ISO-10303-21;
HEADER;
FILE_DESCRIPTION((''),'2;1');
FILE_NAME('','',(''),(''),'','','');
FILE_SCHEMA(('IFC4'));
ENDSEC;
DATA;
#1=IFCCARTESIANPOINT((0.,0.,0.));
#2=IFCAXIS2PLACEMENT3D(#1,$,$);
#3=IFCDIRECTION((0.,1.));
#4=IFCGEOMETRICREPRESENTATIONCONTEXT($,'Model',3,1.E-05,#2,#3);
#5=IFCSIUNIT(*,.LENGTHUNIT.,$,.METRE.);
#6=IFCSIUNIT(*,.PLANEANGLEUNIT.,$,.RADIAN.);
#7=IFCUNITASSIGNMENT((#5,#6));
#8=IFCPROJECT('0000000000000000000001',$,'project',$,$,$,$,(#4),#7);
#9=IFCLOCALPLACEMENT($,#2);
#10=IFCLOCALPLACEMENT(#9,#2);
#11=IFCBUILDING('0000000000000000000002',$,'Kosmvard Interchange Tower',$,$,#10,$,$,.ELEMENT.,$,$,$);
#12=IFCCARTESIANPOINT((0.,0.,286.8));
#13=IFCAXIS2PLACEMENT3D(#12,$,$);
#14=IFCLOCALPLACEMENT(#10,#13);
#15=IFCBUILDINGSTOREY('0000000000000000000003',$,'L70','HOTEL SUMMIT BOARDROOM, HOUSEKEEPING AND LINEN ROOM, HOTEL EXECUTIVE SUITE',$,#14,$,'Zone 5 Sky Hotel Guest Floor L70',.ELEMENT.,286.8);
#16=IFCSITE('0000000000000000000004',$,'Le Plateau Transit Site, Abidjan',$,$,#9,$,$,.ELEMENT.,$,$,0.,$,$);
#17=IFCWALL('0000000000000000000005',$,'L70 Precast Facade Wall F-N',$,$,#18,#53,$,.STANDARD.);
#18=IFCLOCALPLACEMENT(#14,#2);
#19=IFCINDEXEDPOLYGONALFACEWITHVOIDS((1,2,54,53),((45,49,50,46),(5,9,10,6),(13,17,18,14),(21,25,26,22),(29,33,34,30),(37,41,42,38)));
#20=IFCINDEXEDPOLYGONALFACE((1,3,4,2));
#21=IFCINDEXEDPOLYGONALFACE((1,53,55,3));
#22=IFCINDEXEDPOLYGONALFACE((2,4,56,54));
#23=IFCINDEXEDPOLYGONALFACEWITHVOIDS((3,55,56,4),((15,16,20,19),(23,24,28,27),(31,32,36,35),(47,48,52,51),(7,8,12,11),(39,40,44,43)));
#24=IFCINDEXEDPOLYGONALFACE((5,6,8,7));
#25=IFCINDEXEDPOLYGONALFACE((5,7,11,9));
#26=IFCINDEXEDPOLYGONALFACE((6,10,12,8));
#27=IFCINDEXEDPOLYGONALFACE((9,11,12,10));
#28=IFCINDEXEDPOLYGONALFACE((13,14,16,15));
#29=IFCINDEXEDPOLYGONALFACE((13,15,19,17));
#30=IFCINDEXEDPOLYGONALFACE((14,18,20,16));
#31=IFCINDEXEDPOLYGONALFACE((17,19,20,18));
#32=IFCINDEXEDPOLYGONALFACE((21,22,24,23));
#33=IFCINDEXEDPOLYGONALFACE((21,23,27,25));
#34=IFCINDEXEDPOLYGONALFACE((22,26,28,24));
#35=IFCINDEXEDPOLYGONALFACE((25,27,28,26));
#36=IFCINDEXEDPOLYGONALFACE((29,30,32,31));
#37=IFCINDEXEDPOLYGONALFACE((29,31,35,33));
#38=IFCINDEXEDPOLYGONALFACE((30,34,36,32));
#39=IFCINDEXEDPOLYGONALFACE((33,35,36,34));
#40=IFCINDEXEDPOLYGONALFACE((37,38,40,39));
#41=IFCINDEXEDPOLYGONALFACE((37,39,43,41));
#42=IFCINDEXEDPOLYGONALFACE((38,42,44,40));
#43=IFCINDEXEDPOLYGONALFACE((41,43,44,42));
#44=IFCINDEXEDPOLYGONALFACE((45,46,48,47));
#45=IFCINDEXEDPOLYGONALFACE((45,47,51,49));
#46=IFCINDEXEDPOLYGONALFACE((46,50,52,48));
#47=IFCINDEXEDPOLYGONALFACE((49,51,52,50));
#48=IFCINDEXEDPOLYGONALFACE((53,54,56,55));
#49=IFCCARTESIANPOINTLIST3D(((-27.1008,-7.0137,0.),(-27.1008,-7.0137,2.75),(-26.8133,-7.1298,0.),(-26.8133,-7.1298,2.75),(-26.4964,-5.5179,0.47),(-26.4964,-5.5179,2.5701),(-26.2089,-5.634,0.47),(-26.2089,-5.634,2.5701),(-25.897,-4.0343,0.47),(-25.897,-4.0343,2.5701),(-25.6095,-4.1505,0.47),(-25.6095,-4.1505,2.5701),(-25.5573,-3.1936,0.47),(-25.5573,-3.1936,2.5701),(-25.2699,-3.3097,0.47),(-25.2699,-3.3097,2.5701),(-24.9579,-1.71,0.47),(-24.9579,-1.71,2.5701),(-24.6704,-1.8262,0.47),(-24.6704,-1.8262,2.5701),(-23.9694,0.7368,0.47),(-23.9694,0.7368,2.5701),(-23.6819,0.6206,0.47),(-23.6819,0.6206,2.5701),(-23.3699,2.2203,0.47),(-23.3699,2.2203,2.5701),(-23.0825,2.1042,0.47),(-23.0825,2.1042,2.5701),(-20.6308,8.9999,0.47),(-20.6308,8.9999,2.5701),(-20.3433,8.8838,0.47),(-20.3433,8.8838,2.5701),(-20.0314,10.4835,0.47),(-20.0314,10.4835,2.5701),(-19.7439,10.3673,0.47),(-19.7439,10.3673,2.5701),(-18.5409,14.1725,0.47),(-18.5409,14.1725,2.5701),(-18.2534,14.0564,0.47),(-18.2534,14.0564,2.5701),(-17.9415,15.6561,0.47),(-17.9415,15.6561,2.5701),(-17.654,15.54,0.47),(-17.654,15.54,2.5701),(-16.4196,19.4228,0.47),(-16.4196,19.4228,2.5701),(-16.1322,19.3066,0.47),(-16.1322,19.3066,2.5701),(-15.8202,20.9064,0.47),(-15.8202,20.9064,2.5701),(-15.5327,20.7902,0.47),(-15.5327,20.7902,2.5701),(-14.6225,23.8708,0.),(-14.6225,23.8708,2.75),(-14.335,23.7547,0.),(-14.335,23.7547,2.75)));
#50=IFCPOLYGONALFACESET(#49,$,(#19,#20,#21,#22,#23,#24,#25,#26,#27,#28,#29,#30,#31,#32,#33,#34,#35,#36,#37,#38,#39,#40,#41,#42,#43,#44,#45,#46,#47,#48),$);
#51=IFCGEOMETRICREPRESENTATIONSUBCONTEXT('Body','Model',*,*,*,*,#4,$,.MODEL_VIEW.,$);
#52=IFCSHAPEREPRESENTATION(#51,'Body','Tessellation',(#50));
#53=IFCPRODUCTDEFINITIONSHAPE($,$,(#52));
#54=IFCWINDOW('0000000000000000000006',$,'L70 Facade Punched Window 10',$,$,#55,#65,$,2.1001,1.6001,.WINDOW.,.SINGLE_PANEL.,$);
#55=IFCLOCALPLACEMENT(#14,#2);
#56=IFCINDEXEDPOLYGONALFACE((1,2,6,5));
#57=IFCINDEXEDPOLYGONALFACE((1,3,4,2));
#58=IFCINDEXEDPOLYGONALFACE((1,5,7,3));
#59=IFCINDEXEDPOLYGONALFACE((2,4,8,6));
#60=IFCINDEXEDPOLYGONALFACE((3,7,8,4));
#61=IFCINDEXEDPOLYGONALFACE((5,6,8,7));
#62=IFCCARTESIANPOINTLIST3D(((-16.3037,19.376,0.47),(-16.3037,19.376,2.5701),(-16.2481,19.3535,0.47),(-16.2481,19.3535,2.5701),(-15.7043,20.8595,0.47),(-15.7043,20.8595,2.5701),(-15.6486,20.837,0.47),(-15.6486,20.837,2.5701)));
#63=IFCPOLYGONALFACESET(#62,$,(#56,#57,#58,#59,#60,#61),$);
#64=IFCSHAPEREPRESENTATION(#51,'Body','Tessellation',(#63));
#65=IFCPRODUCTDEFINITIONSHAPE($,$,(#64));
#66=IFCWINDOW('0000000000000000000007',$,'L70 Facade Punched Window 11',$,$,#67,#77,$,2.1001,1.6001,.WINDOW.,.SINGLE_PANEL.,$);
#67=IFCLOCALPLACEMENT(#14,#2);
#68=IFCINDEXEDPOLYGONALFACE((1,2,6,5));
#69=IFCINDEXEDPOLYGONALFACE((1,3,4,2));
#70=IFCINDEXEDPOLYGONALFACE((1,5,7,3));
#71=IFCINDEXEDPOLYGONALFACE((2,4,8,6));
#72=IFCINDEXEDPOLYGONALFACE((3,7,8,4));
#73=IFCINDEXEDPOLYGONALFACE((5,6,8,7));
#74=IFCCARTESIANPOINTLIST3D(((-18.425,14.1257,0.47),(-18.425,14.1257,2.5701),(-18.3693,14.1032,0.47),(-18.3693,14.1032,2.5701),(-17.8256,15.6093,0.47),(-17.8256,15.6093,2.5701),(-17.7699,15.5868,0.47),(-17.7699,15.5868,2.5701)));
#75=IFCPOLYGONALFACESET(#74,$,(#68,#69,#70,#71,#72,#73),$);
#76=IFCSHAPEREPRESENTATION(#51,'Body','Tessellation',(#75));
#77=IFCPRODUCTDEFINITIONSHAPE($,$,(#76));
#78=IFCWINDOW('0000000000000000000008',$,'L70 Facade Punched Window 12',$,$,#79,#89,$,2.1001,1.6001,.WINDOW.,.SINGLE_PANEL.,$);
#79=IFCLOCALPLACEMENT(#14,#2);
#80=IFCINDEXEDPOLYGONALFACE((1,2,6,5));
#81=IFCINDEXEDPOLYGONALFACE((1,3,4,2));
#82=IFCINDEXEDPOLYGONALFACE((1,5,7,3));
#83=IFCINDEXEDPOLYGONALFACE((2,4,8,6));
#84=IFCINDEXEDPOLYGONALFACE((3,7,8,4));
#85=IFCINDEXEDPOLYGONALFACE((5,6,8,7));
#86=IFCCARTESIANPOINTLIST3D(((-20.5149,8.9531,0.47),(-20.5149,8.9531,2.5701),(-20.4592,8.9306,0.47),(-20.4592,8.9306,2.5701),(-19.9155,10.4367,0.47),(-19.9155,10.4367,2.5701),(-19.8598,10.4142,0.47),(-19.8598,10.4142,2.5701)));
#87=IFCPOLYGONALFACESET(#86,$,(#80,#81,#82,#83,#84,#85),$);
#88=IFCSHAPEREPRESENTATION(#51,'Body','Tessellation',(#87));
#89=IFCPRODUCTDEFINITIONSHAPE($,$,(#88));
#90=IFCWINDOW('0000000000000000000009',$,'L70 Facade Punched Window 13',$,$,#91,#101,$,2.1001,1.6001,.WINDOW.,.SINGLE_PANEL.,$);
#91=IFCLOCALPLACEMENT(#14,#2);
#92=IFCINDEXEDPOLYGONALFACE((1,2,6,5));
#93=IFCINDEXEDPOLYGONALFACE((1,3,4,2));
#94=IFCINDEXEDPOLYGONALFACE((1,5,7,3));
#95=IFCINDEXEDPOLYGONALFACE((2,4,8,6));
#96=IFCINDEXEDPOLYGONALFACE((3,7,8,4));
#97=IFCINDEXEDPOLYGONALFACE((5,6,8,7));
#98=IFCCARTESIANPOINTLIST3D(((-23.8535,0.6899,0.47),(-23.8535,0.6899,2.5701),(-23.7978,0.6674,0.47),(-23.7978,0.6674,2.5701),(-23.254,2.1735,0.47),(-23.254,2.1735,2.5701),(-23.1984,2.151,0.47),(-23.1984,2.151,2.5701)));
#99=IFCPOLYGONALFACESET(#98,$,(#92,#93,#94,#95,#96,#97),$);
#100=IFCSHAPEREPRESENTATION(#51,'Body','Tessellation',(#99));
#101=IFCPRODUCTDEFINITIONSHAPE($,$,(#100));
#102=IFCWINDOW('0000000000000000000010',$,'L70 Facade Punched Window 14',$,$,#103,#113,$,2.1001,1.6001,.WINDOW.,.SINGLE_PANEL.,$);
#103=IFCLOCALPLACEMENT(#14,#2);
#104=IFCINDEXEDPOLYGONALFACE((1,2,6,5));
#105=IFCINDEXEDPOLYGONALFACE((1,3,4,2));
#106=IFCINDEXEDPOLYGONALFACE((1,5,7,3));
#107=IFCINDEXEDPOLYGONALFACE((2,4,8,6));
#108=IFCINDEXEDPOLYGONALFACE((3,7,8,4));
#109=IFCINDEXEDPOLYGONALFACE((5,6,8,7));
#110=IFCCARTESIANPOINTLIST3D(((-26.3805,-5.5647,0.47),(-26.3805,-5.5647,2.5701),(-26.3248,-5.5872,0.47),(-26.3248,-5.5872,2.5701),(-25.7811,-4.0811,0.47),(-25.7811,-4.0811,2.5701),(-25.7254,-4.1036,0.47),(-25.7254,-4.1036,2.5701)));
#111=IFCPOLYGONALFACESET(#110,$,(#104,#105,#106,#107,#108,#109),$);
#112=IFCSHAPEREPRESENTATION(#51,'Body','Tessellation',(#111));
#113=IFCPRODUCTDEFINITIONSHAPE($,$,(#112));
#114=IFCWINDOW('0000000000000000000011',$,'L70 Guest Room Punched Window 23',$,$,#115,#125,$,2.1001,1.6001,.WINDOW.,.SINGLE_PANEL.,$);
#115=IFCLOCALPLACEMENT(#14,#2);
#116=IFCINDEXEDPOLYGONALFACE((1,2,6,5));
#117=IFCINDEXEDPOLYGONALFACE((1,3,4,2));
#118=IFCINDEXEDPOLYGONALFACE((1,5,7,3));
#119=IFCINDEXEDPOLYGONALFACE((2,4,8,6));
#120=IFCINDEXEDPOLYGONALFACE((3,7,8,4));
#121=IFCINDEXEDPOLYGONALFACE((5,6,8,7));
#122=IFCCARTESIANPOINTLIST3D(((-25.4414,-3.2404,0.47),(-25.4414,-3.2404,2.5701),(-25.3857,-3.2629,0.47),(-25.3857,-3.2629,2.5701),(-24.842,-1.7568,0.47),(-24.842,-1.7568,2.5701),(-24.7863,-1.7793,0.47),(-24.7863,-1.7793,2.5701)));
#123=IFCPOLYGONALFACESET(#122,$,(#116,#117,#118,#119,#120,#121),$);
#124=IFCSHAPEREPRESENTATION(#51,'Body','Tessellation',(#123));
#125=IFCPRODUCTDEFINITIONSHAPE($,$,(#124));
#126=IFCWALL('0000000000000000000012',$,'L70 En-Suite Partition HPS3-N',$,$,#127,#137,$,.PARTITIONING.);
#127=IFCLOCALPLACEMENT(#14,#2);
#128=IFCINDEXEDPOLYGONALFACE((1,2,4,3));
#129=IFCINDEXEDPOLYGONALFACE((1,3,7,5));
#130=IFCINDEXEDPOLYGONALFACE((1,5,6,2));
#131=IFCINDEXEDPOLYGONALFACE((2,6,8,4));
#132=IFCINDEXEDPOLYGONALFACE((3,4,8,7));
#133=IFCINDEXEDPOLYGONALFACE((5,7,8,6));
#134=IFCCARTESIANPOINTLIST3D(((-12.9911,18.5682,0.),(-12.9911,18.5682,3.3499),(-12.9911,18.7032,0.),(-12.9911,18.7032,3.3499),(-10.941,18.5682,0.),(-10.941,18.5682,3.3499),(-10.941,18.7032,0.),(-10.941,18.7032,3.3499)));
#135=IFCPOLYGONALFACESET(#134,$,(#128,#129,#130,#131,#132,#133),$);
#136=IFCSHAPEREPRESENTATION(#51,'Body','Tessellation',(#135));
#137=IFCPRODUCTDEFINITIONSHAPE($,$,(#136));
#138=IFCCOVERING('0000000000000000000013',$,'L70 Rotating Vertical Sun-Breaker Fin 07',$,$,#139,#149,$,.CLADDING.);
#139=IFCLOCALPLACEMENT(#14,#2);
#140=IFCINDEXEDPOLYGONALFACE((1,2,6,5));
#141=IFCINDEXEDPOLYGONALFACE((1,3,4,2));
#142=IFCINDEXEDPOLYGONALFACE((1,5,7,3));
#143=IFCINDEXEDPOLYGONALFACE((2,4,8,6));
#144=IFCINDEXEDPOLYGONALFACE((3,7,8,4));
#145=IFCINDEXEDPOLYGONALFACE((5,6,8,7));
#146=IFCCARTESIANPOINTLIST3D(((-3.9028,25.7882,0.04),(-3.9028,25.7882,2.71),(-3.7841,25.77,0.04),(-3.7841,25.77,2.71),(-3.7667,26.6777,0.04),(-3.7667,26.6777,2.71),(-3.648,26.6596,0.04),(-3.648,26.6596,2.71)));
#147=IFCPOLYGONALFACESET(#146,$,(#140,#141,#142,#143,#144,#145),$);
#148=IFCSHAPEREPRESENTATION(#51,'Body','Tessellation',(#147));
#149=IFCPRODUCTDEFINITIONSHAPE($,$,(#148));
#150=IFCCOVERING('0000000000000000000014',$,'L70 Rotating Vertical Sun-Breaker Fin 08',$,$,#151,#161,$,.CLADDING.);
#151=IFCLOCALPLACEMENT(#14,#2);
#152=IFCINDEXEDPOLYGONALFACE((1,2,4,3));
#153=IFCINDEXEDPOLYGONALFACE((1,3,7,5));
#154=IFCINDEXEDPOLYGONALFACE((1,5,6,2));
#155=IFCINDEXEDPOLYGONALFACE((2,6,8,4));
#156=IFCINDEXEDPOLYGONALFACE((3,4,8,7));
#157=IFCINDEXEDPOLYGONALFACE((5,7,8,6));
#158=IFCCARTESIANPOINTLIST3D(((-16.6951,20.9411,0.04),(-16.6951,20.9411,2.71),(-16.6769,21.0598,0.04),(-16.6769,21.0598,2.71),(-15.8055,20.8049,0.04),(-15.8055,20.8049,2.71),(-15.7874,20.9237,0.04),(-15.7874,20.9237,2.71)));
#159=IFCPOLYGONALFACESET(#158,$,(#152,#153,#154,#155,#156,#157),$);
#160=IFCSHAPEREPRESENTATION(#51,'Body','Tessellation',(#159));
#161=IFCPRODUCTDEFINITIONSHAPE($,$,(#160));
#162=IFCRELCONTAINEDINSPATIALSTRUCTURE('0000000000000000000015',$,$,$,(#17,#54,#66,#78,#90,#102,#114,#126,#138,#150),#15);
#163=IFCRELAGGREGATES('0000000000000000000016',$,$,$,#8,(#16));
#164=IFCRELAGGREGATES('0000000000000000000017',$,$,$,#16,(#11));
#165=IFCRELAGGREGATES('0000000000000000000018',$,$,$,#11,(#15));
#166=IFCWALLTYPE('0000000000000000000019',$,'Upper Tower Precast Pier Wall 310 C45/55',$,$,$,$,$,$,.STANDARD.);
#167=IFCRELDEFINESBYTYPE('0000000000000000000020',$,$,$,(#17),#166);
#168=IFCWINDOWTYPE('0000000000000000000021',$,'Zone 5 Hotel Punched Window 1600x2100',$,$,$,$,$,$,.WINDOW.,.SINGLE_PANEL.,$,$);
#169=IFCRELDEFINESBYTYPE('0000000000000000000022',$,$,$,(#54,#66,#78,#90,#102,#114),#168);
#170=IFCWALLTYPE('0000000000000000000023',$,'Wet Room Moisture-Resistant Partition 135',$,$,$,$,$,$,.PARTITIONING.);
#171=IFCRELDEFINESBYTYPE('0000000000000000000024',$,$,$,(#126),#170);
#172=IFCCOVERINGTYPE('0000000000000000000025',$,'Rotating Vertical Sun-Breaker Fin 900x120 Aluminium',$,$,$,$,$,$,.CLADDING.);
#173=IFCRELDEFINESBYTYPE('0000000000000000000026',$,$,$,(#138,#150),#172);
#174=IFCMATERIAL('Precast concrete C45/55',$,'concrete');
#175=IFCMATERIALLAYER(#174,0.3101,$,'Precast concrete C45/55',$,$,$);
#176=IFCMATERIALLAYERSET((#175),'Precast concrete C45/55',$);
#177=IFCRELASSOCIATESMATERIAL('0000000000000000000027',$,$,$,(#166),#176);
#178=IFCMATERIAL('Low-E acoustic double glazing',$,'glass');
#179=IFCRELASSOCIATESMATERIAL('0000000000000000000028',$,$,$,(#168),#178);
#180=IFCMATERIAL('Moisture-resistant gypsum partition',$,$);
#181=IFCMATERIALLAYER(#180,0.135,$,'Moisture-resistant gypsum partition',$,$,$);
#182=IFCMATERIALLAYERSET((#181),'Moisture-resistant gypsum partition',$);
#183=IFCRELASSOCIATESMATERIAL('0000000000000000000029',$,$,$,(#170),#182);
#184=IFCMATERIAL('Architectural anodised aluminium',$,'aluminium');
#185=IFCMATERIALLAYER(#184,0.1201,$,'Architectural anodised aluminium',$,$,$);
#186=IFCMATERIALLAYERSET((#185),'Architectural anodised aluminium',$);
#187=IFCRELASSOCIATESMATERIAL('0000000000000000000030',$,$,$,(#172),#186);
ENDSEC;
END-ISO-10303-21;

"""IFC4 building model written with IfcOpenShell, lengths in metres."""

from ifc_helpers import new_model, si_unit, direction, frame, frame_2d, origin, origin_2d, place, context, subcontext, project, spatial, rectangle, extrude, source, transform, mapped, material, layer, layer_set, type_object, element, fill, save


model = new_model("IFC4")

# Units and contexts
model_context = context("Model", 3, precision=1e-05, world=origin(), true_north=direction((0.0, 1.0)))
body_context = subcontext(model_context, "Body", "Model", "MODEL_VIEW")
ifc_project = project(units=[si_unit("LENGTHUNIT", "METRE"), si_unit("PLANEANGLEUNIT", "RADIAN")], contexts=[model_context])

# Site, building, storey
site_placement = place(None, origin())
site = spatial("IfcSite", under=ifc_project, at=site_placement, Name="Le Plateau Transit Site, Abidjan", CompositionType="ELEMENT", RefElevation=0.0)
building_placement = place(site_placement, origin())
building = spatial("IfcBuilding", under=site, at=building_placement, Name="Kosmvard Interchange Tower", CompositionType="ELEMENT")
storey_placement = place(building_placement, frame((0.0, 0.0, 286.8)))
storey = spatial("IfcBuildingStorey", under=building, at=storey_placement, Name="L70", Description="HOTEL SUMMIT BOARDROOM, HOUSEKEEPING AND LINEN ROOM, HOTEL EXECUTIVE SUITE", LongName="Zone 5 Sky Hotel Guest Floor L70", CompositionType="ELEMENT", Elevation=286.8)

# Shared definitions
ifc_material_1 = material(Name="Precast concrete C45/55", Category="concrete")

# Shared definitions
ifc_layer_1 = layer(ifc_material_1, 0.3101, Name="Precast concrete C45/55")
ifc_layer_set_1 = layer_set([ifc_layer_1], Name="Precast concrete C45/55")
wall_type_1 = type_object("IfcWallType", Name="Upper Tower Precast Pier Wall 310 C45/55", PredefinedType="STANDARD", material=ifc_layer_set_1)

# Shared definitions
ifc_material_2 = material(Name="Low-E acoustic double glazing", Category="glass")
window_type = type_object("IfcWindowType", Name="Zone 5 Hotel Punched Window 1600x2100", PartitioningType="SINGLE_PANEL", PredefinedType="WINDOW", material=ifc_material_2)
shared_shape_1 = source(origin(), body_context, "Body", "SweptSolid", [
    extrude(rectangle(XDim=1.6001, YDim=2.1001, at=frame_2d((0.8, 1.05))), frame((0.0, 0.03, 0.0), z_axis=(0.0, -1.0, 0.0), x_axis=(1.0, 0.0, 0.0)), (0.0, 0.0, 1.0), 0.0601),
])

# Wall, openings, windows
wall_1_placement = place(storey_placement, frame((-14.4788, 23.8127, 0.0), z_axis=(0.0, 0.0, 1.0), x_axis=(-0.37461, -0.927183, 0.0)))
wall_1 = element("IfcWall", 1, at=wall_1_placement, inside=storey, type_object=wall_type_1, Name="L70 Precast Facade Wall F-N", PredefinedType="STANDARD", context=body_context, shape_type="SweptSolid", body=[
    extrude(rectangle(XDim=33.3101, YDim=0.3101, at=frame_2d((16.655, 0.0))), origin(), (0.0, 0.0, 1.0), 2.75),
])
opening_1_placement = place(wall_1_placement, frame((3.1973, 0.0, 0.47)))
opening_1 = element("IfcOpeningElement", 2, at=opening_1_placement, cuts=wall_1, PredefinedType="OPENING", context=body_context, shape_type="SweptSolid", body=[
    extrude(rectangle(XDim=1.6001, YDim=2.1001, at=frame_2d((0.8, 1.05))), frame((0.0, 0.165, 0.0), z_axis=(0.0, -1.0, 0.0), x_axis=(1.0, 0.0, 0.0)), (0.0, 0.0, 1.0), 0.3301),
])
opening_2_placement = place(wall_1_placement, frame((8.8599, 0.0, 0.47)))
opening_2 = element("IfcOpeningElement", 3, at=opening_2_placement, cuts=wall_1, PredefinedType="OPENING", context=body_context, shape_type="SweptSolid", body=[
    extrude(rectangle(XDim=1.6001, YDim=2.1001, at=frame_2d((0.8, 1.05))), frame((0.0, 0.165, 0.0), z_axis=(0.0, -1.0, 0.0), x_axis=(1.0, 0.0, 0.0)), (0.0, 0.0, 1.0), 0.3301),
])
opening_3_placement = place(wall_1_placement, frame((14.4387, 0.0, 0.47)))
opening_3 = element("IfcOpeningElement", 4, at=opening_3_placement, cuts=wall_1, PredefinedType="OPENING", context=body_context, shape_type="SweptSolid", body=[
    extrude(rectangle(XDim=1.6001, YDim=2.1001, at=frame_2d((0.8, 1.05))), frame((0.0, 0.165, 0.0), z_axis=(0.0, -1.0, 0.0), x_axis=(1.0, 0.0, 0.0)), (0.0, 0.0, 1.0), 0.3301),
])
opening_4_placement = place(wall_1_placement, frame((23.3508, 0.0, 0.47)))
opening_4 = element("IfcOpeningElement", 5, at=opening_4_placement, cuts=wall_1, PredefinedType="OPENING", context=body_context, shape_type="SweptSolid", body=[
    extrude(rectangle(XDim=1.6001, YDim=2.1001, at=frame_2d((0.8, 1.05))), frame((0.0, 0.165, 0.0), z_axis=(0.0, -1.0, 0.0), x_axis=(1.0, 0.0, 0.0)), (0.0, 0.0, 1.0), 0.3301),
])
opening_5_placement = place(wall_1_placement, frame((30.0967, 0.0, 0.47)))
opening_5 = element("IfcOpeningElement", 6, at=opening_5_placement, cuts=wall_1, PredefinedType="OPENING", context=body_context, shape_type="SweptSolid", body=[
    extrude(rectangle(XDim=1.6001, YDim=2.1001, at=frame_2d((0.8, 1.05))), frame((0.0, 0.165, 0.0), z_axis=(0.0, -1.0, 0.0), x_axis=(1.0, 0.0, 0.0)), (0.0, 0.0, 1.0), 0.3301),
])
opening_6_placement = place(wall_1_placement, frame((27.5898, 0.0, 0.47)))
opening_6 = element("IfcOpeningElement", 7, at=opening_6_placement, cuts=wall_1, PredefinedType="OPENING", context=body_context, shape_type="SweptSolid", body=[
    extrude(rectangle(XDim=1.6001, YDim=2.1001, at=frame_2d((0.8, 1.05))), frame((0.0, 0.165, 0.0), z_axis=(0.0, -1.0, 0.0), x_axis=(1.0, 0.0, 0.0)), (0.0, 0.0, 1.0), 0.3301),
])
window_1_placement = place(opening_1_placement, origin())
window_1 = element("IfcWindow", 8, at=window_1_placement, inside=storey, type_object=window_type, Name="L70 Facade Punched Window 10", OverallHeight=2.1001, OverallWidth=1.6001, PartitioningType="SINGLE_PANEL", PredefinedType="WINDOW", context=body_context, shape_type="MappedRepresentation", body=[
    mapped(shared_shape_1, transform((0.0, 0.0, 0.0), scale=1.0)),
])
fill(opening_1, window_1)
window_2_placement = place(opening_2_placement, origin())
window_2 = element("IfcWindow", 9, at=window_2_placement, inside=storey, type_object=window_type, Name="L70 Facade Punched Window 11", OverallHeight=2.1001, OverallWidth=1.6001, PartitioningType="SINGLE_PANEL", PredefinedType="WINDOW", context=body_context, shape_type="MappedRepresentation", body=[
    mapped(shared_shape_1, transform((0.0, 0.0, 0.0), scale=1.0)),
])
fill(opening_2, window_2)
window_3_placement = place(opening_3_placement, origin())
window_3 = element("IfcWindow", 10, at=window_3_placement, inside=storey, type_object=window_type, Name="L70 Facade Punched Window 12", OverallHeight=2.1001, OverallWidth=1.6001, PartitioningType="SINGLE_PANEL", PredefinedType="WINDOW", context=body_context, shape_type="MappedRepresentation", body=[
    mapped(shared_shape_1, transform((0.0, 0.0, 0.0), scale=1.0)),
])
fill(opening_3, window_3)
window_4_placement = place(opening_4_placement, origin())
window_4 = element("IfcWindow", 11, at=window_4_placement, inside=storey, type_object=window_type, Name="L70 Facade Punched Window 13", OverallHeight=2.1001, OverallWidth=1.6001, PartitioningType="SINGLE_PANEL", PredefinedType="WINDOW", context=body_context, shape_type="MappedRepresentation", body=[
    mapped(shared_shape_1, transform((0.0, 0.0, 0.0), scale=1.0)),
])
fill(opening_4, window_4)
window_5_placement = place(opening_5_placement, origin())
window_5 = element("IfcWindow", 12, at=window_5_placement, inside=storey, type_object=window_type, Name="L70 Facade Punched Window 14", OverallHeight=2.1001, OverallWidth=1.6001, PartitioningType="SINGLE_PANEL", PredefinedType="WINDOW", context=body_context, shape_type="MappedRepresentation", body=[
    mapped(shared_shape_1, transform((0.0, 0.0, 0.0), scale=1.0)),
])
fill(opening_5, window_5)
window_6_placement = place(opening_6_placement, origin())
window_6 = element("IfcWindow", 13, at=window_6_placement, inside=storey, type_object=window_type, Name="L70 Guest Room Punched Window 23", OverallHeight=2.1001, OverallWidth=1.6001, PartitioningType="SINGLE_PANEL", PredefinedType="WINDOW", context=body_context, shape_type="MappedRepresentation", body=[
    mapped(shared_shape_1, transform((0.0, 0.0, 0.0), scale=1.0)),
])
fill(opening_6, window_6)

# Wall
ifc_material_3 = material(Name="Moisture-resistant gypsum partition")
ifc_layer_2 = layer(ifc_material_3, 0.135, Name="Moisture-resistant gypsum partition")
ifc_layer_set_2 = layer_set([ifc_layer_2], Name="Moisture-resistant gypsum partition")
wall_type_2 = type_object("IfcWallType", Name="Wet Room Moisture-Resistant Partition 135", PredefinedType="PARTITIONING", material=ifc_layer_set_2)
wall_2_placement = place(storey_placement, frame((-12.991, 18.6357, 0.0), z_axis=(0.0, 0.0, 1.0), x_axis=(1.0, 0.0, 0.0)))
element("IfcWall", 14, at=wall_2_placement, inside=storey, type_object=wall_type_2, Name="L70 En-Suite Partition HPS3-N", PredefinedType="PARTITIONING", context=body_context, shape_type="SweptSolid", body=[
    extrude(rectangle(XDim=2.05, YDim=0.135, at=frame_2d((1.0249, 0.0))), origin(), (0.0, 0.0, 1.0), 3.3499),
])

# Coverings
ifc_material_4 = material(Name="Architectural anodised aluminium", Category="aluminium")
ifc_layer_3 = layer(ifc_material_4, 0.1201, Name="Architectural anodised aluminium")
ifc_layer_set_3 = layer_set([ifc_layer_3], Name="Architectural anodised aluminium")
covering_type = type_object("IfcCoveringType", Name="Rotating Vertical Sun-Breaker Fin 900x120 Aluminium", PredefinedType="CLADDING", material=ifc_layer_set_3)
shared_shape_2 = source(origin(), body_context, "Body", "SweptSolid", [
    extrude(rectangle(XDim=0.8999, YDim=0.1201, at=origin_2d()), origin(), (0.0, 0.0, 1.0), 2.6699),
])
for number, where, z_axis, x_axis, name in (
    (15, (-3.7754, 26.2239, 0.04), (0.0, 0.0, 1.0), (0.151261, 0.988494, 0.0), "L70 Rotating Vertical Sun-Breaker Fin 07"),
    (16, (-16.2412, 20.9324, 0.04), (0.0, 0.0, 1.0), (-0.988494, 0.151261, 0.0), "L70 Rotating Vertical Sun-Breaker Fin 08"),
):
    element("IfcCovering", number, at=place(storey_placement, frame(where, z_axis=z_axis, x_axis=x_axis)), inside=storey, type_object=covering_type, Name=name, PredefinedType="CLADDING", context=body_context, shape_type="MappedRepresentation", body=[
        mapped(shared_shape_2, transform((0.0, 0.0, 0.0), scale=1.0)),
    ])

save(model, "model.ifc")
